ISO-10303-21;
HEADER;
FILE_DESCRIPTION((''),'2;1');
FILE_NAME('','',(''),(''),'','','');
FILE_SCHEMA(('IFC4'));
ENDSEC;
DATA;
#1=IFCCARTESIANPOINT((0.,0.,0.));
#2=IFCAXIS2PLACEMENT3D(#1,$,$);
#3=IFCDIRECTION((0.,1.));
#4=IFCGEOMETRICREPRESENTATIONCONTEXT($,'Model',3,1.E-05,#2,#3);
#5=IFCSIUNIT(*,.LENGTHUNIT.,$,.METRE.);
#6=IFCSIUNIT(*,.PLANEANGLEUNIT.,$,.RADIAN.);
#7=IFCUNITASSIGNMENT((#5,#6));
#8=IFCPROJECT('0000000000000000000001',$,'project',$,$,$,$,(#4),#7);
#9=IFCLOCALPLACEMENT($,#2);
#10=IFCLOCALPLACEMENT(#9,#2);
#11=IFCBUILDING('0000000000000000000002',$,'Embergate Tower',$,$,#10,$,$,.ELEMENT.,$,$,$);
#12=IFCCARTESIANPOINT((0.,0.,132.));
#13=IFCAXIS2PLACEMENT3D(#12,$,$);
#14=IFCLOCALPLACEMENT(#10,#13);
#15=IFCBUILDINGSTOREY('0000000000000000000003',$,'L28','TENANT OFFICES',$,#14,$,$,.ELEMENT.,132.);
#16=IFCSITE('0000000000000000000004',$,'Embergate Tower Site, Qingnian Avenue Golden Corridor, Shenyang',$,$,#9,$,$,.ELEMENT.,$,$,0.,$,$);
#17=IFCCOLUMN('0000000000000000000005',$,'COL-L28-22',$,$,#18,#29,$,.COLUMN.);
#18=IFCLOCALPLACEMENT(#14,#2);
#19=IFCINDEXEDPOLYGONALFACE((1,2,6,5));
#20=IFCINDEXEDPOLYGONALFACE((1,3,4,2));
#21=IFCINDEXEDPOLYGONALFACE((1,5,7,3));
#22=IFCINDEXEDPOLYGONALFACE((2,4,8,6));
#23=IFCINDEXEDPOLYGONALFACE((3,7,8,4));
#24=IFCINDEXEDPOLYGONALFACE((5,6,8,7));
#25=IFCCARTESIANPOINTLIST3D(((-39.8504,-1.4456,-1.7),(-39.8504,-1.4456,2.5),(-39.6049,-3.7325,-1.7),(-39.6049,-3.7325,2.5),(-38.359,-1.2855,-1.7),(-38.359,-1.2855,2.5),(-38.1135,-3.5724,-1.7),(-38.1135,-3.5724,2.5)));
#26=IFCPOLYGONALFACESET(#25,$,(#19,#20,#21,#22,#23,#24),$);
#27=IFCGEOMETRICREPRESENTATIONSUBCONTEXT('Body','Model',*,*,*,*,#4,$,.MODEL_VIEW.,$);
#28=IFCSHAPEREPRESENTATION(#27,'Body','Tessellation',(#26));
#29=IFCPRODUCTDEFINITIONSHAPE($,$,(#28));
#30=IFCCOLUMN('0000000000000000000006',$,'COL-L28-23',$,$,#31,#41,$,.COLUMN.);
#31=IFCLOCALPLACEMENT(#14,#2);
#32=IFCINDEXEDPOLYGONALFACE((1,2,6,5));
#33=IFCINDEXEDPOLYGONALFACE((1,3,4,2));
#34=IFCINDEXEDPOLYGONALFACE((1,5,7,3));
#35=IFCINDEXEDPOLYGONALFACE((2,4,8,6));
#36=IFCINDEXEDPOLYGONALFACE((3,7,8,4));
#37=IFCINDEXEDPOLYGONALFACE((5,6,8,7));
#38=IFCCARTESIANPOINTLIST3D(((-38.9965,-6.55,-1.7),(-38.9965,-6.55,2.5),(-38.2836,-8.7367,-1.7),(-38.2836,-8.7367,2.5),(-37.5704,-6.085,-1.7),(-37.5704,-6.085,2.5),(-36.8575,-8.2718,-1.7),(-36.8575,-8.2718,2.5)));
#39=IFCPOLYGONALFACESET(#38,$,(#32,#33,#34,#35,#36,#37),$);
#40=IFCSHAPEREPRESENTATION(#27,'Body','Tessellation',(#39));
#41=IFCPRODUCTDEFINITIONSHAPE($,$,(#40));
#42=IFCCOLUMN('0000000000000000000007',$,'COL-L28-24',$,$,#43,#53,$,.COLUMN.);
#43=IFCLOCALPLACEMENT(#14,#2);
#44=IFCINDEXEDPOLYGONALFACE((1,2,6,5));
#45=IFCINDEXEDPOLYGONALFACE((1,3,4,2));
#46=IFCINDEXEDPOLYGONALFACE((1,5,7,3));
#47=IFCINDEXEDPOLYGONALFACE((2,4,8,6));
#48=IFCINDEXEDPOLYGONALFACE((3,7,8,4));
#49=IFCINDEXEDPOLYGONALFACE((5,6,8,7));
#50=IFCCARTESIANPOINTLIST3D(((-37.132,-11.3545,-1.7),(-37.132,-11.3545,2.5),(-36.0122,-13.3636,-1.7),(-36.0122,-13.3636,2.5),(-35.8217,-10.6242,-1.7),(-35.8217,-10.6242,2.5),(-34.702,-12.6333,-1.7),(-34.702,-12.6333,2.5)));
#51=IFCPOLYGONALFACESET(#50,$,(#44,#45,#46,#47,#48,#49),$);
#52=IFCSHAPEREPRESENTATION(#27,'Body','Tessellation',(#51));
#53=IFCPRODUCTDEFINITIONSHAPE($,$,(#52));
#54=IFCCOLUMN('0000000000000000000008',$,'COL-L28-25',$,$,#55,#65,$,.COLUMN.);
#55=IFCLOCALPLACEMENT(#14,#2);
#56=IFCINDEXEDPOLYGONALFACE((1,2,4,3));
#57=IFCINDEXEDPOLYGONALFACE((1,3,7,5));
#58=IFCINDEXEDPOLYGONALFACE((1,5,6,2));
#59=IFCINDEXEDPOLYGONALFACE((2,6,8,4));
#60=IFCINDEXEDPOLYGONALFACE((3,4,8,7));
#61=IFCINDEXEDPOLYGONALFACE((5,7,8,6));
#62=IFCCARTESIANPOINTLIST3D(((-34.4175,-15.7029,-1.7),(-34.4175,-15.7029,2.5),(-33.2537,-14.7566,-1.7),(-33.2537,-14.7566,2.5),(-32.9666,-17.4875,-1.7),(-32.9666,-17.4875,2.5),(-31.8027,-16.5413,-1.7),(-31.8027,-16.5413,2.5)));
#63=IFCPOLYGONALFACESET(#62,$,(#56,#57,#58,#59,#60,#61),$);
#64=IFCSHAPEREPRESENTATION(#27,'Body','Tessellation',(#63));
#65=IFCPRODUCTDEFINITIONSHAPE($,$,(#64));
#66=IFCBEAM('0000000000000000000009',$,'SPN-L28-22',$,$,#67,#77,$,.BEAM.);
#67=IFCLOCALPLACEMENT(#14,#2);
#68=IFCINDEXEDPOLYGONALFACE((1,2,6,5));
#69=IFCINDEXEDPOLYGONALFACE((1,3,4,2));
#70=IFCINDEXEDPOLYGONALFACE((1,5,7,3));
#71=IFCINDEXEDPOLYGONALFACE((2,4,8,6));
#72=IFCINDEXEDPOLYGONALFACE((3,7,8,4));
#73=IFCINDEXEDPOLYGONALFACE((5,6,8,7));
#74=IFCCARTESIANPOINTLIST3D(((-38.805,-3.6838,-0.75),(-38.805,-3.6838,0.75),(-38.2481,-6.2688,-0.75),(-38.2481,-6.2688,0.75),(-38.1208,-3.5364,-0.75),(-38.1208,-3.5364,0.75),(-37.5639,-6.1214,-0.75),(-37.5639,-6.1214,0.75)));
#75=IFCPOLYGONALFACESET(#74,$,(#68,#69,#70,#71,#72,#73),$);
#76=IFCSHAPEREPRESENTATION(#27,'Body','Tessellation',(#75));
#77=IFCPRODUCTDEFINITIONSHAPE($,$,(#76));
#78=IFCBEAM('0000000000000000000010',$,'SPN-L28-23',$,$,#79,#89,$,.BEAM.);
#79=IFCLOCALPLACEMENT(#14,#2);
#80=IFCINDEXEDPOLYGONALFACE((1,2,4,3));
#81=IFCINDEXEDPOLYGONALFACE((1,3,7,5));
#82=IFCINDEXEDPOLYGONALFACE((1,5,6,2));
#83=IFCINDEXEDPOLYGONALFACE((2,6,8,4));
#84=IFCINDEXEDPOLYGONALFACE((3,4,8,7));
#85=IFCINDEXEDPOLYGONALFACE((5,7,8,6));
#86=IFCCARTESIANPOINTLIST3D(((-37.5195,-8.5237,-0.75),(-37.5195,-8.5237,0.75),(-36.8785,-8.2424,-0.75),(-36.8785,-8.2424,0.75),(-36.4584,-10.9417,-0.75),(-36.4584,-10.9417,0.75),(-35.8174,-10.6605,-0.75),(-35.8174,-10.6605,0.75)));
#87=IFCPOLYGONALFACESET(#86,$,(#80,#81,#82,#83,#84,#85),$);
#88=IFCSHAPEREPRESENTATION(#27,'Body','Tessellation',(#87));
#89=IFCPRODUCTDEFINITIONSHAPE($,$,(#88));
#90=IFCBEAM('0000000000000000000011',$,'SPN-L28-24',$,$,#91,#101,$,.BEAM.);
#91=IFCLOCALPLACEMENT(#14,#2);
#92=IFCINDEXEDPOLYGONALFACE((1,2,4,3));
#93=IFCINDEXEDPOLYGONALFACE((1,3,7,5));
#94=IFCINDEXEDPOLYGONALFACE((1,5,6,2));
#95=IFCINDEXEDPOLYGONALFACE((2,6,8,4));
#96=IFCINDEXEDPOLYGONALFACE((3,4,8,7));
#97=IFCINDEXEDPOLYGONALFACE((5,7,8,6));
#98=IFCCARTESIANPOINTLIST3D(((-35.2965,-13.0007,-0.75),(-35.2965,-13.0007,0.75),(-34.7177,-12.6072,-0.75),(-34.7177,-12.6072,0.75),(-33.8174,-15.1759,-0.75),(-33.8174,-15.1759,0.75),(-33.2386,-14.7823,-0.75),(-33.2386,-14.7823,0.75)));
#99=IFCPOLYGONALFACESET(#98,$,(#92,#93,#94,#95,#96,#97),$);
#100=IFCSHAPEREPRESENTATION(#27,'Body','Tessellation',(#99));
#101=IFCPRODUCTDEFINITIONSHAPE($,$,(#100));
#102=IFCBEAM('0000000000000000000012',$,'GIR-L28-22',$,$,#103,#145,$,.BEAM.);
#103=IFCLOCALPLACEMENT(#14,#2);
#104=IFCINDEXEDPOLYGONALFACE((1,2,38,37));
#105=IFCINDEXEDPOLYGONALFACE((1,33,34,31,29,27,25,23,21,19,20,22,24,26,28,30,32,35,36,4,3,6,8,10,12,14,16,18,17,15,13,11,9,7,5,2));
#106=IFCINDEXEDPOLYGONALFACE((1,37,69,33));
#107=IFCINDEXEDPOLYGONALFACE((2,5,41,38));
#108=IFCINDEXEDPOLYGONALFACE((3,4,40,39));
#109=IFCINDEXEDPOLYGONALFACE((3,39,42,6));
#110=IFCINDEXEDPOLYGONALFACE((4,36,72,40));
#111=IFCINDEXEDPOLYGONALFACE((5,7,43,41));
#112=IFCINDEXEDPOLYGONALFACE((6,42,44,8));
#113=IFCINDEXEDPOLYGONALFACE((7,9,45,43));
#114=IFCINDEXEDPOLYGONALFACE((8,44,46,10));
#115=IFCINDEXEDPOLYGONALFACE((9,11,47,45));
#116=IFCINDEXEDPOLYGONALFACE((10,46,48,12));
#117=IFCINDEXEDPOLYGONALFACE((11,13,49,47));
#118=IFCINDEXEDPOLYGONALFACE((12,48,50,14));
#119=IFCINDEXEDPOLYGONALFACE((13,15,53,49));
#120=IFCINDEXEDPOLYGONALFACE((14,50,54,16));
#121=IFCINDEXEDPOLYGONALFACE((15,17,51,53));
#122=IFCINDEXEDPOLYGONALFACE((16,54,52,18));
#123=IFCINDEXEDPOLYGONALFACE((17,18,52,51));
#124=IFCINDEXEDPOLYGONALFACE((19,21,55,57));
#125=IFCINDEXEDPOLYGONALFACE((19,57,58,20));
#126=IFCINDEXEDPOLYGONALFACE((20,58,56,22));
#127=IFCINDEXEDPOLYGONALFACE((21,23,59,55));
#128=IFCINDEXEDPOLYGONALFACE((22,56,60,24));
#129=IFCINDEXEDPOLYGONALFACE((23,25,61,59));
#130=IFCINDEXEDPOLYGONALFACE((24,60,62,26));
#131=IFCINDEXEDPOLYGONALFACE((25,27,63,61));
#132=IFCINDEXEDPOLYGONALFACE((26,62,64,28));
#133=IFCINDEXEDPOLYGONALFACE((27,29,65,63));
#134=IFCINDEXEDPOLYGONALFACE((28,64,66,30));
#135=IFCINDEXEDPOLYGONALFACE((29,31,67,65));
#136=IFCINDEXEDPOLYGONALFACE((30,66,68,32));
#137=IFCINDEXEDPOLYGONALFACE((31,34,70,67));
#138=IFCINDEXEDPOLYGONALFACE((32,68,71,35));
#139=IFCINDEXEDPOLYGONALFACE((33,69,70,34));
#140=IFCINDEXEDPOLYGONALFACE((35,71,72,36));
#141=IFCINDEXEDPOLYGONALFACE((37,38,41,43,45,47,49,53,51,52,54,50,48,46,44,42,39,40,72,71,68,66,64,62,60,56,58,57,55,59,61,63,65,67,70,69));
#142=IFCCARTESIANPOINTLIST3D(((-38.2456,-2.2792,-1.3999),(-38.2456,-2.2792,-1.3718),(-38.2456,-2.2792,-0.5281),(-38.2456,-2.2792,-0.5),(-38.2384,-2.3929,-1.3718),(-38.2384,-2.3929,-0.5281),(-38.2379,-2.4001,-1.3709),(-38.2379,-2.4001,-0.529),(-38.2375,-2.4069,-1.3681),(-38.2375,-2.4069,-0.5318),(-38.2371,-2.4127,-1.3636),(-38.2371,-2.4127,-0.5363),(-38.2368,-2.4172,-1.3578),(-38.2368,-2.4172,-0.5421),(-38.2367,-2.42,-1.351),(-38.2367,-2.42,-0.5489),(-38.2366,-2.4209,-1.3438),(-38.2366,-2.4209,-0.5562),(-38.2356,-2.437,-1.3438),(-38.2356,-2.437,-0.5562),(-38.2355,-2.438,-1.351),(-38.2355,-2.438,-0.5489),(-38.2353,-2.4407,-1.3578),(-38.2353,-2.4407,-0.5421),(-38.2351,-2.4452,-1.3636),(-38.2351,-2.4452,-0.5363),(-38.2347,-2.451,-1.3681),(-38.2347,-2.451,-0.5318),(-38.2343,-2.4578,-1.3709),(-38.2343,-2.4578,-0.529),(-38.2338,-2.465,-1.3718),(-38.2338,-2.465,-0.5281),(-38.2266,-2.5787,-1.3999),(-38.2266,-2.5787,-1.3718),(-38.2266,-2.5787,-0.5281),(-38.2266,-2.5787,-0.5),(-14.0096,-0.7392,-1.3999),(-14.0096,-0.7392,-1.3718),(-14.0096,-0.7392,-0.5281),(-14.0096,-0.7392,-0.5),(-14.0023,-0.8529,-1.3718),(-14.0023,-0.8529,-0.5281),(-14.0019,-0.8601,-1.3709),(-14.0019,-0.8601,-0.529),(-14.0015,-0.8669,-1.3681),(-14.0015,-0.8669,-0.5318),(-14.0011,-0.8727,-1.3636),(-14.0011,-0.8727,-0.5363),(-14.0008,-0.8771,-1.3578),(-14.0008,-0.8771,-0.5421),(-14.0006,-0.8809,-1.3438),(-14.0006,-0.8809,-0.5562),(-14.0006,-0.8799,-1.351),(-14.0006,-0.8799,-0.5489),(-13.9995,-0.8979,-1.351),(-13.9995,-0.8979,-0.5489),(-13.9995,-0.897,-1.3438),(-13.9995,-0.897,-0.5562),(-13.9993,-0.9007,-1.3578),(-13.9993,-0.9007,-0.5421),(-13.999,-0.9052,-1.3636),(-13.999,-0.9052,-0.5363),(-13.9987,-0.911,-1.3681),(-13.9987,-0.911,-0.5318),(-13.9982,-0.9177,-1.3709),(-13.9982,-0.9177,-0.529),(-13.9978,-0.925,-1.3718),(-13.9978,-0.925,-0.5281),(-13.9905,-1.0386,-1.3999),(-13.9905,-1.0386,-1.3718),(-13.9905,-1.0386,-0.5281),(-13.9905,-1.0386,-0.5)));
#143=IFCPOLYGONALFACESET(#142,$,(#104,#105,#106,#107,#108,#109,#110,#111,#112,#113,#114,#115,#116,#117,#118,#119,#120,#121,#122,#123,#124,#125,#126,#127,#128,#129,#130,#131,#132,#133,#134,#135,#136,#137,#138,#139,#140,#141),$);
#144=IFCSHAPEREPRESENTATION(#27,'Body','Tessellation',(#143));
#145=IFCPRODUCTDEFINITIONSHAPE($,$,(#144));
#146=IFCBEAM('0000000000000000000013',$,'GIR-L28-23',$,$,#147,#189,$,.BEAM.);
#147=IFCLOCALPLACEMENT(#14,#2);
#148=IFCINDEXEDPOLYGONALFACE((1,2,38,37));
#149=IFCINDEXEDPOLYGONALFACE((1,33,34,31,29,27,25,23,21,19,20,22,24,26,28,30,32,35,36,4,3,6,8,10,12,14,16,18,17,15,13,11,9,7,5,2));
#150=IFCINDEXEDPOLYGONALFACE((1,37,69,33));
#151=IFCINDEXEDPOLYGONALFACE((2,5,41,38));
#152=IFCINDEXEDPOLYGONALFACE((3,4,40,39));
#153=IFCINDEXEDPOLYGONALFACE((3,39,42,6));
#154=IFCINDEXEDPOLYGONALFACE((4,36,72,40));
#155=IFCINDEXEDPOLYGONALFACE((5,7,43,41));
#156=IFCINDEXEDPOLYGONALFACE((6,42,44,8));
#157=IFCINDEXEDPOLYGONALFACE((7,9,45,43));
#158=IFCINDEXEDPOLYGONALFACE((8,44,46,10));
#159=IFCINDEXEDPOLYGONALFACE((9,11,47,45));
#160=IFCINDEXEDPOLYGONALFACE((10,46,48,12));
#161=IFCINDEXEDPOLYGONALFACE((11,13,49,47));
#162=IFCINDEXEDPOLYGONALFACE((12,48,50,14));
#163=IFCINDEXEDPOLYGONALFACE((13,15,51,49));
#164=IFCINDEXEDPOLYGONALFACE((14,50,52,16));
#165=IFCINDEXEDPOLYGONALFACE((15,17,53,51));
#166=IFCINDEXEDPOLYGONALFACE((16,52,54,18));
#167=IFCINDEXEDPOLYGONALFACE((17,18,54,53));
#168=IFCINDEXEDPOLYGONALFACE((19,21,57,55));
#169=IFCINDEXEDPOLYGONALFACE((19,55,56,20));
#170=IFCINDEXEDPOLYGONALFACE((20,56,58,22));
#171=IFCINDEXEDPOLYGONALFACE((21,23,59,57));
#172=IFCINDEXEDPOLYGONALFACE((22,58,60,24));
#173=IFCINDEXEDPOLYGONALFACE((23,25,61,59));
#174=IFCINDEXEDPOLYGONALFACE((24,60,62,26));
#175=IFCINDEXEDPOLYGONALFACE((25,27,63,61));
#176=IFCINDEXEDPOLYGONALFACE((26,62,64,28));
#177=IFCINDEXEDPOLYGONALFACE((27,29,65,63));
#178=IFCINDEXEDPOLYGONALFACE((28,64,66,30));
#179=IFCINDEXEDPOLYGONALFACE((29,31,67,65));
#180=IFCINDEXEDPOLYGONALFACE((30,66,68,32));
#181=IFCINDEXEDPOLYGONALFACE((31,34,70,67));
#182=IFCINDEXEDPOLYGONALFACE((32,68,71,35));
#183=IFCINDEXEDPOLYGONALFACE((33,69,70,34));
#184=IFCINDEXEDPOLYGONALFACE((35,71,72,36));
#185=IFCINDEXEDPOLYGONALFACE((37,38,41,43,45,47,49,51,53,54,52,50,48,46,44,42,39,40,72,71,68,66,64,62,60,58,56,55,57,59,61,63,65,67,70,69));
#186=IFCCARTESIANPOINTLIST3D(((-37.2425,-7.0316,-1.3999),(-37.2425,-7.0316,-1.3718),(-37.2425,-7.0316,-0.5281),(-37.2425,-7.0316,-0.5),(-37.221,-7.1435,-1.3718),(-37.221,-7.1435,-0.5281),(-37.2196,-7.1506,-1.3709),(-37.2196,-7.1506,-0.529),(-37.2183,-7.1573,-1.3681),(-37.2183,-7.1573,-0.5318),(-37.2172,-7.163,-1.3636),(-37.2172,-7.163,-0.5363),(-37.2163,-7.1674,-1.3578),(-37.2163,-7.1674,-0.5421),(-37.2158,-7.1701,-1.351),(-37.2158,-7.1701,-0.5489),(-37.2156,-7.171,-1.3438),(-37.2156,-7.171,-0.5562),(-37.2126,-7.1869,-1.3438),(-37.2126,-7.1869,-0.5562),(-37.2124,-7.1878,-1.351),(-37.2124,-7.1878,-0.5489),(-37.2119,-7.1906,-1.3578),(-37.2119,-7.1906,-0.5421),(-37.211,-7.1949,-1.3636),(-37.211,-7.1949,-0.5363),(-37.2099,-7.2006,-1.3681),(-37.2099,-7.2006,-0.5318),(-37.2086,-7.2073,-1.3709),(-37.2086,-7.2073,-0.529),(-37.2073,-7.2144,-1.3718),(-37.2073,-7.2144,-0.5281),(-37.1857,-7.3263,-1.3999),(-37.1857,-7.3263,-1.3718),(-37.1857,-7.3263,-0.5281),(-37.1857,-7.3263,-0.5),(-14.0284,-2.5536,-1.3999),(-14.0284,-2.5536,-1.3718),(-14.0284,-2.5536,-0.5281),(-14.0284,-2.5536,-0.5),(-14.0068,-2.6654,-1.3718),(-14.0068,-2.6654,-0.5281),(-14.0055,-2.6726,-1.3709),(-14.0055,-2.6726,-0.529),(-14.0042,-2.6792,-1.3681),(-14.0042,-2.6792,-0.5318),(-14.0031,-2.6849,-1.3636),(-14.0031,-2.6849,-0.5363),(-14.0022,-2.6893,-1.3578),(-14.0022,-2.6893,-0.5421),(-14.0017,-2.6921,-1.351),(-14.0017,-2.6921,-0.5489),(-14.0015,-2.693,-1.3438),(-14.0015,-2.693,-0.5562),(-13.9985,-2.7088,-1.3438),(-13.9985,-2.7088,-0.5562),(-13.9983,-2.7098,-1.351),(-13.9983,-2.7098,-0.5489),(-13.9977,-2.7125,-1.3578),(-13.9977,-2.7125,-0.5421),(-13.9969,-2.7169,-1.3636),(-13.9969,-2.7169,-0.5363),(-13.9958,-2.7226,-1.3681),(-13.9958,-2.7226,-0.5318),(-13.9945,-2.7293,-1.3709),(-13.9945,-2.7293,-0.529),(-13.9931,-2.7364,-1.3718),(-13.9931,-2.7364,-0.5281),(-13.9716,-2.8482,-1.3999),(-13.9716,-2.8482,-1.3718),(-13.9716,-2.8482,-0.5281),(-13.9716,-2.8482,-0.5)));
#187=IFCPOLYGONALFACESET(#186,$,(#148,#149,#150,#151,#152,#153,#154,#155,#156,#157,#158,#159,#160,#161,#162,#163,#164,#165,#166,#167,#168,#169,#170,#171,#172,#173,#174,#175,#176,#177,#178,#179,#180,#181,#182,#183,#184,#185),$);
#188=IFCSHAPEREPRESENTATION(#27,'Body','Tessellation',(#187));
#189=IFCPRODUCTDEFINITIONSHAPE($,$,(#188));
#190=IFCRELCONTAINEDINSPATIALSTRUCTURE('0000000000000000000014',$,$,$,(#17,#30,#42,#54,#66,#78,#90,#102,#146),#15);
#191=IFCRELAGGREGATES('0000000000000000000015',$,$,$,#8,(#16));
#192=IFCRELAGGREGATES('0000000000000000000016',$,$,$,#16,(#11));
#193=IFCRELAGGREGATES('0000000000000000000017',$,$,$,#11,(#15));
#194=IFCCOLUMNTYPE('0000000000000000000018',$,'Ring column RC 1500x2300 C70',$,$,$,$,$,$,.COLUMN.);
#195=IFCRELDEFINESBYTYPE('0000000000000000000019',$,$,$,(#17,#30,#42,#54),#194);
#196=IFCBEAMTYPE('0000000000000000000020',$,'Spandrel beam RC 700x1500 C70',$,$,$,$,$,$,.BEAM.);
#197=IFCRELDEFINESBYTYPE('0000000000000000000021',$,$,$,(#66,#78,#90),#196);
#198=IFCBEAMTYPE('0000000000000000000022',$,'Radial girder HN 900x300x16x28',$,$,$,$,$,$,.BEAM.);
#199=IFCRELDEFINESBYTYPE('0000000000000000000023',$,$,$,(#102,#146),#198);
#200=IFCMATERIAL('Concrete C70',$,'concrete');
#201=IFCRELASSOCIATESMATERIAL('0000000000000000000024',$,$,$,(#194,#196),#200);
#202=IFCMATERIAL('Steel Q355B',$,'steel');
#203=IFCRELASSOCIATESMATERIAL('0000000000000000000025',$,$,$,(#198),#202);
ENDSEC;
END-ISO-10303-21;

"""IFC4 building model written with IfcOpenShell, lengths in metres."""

from ifc_helpers import new_model, si_unit, direction, frame, origin, origin_2d, place, context, subcontext, project, spatial, rectangle, i_section, extrude, source, transform, mapped, material, material_profile, profile_set, type_object, element, save


model = new_model("IFC4")

# Units and contexts
model_context = context("Model", 3, precision=1e-05, world=origin(), true_north=direction((0.0, 1.0)))
body_context = subcontext(model_context, "Body", "Model", "MODEL_VIEW")
ifc_project = project(units=[si_unit("LENGTHUNIT", "METRE"), si_unit("PLANEANGLEUNIT", "RADIAN")], contexts=[model_context])

# Site, building, storey
site_placement = place(None, origin())
site = spatial("IfcSite", under=ifc_project, at=site_placement, Name="Embergate Tower Site, Qingnian Avenue Golden Corridor, Shenyang", CompositionType="ELEMENT", RefElevation=0.0)
building_placement = place(site_placement, origin())
building = spatial("IfcBuilding", under=site, at=building_placement, Name="Embergate Tower", CompositionType="ELEMENT")
storey_placement = place(building_placement, frame((0.0, 0.0, 132.0)))
storey = spatial("IfcBuildingStorey", under=building, at=storey_placement, Name="L28", Description="TENANT OFFICES", CompositionType="ELEMENT", Elevation=132.0)

# Columns
ifc_material_1 = material(Name="Concrete C70", Category="concrete")
ifc_material_profile_1 = material_profile(ifc_material_1, rectangle(XDim=1.5, YDim=2.3, at=origin_2d()), Name="RC 1500x2300")
ifc_profile_set_1 = profile_set([ifc_material_profile_1], Name="Concrete C70")
column_type = type_object("IfcColumnType", Name="Ring column RC 1500x2300 C70", PredefinedType="COLUMN", material=ifc_profile_set_1)
shared_shape_1 = source(origin(), body_context, "Body", "SweptSolid", [
    extrude(rectangle(XDim=1.5, YDim=2.3, at=origin_2d()), origin(), (0.0, 0.0, 1.0), 4.2),
])
for number, where, z_axis, x_axis, name in (
    (1, (-38.9819, -2.509, -1.7), (0.0, 0.0, 1.0), (-0.994286, -0.10675, 0.0), "COL-L28-22"),
    (2, (-37.927, -7.4109, -1.7), (0.0, 0.0, 1.0), (-0.950754, -0.309946, 0.0), "COL-L28-23"),
    (3, (-35.917, -11.9939, -1.7), (0.0, 0.0, 1.0), (-0.873492, -0.486839, 0.0), "COL-L28-24"),
    (4, (-33.1101, -16.1221, -1.7), (0.0, 0.0, 1.0), (-0.775914, -0.630838, 0.0), "COL-L28-25"),
):
    element("IfcColumn", number, at=place(storey_placement, frame(where, z_axis=z_axis, x_axis=x_axis)), inside=storey, type_object=column_type, Name=name, PredefinedType="COLUMN", context=body_context, shape_type="MappedRepresentation", body=[
        mapped(shared_shape_1, transform((0.0, 0.0, 0.0))),
    ])

# Beams
ifc_material_profile_2 = material_profile(ifc_material_1, rectangle(XDim=0.7, YDim=1.5, at=origin_2d()), Name="RC 700x1500")
ifc_profile_set_2 = profile_set([ifc_material_profile_2], Name="Concrete C70")
beam_type_1 = type_object("IfcBeamType", Name="Spandrel beam RC 700x1500 C70", PredefinedType="BEAM", material=ifc_profile_set_2)
shared_shape_2 = source(origin(), body_context, "Body", "SweptSolid", [
    extrude(rectangle(XDim=0.7, YDim=1.5, at=origin_2d()), origin(), (0.0, 0.0, 1.0), 2.6443),
])
beam_1_placement = place(storey_placement, frame((-38.4629, -3.6101, 0.0), z_axis=(0.210601, -0.977572, 0.0), x_axis=(0.977572, 0.210601, 0.0)))
element("IfcBeam", 5, at=beam_1_placement, inside=storey, type_object=beam_type_1, Name="SPN-L28-22", PredefinedType="BEAM", context=body_context, shape_type="MappedRepresentation", body=[
    mapped(shared_shape_2, transform((0.0, 0.0, 0.0))),
])
shared_shape_3 = source(origin(), body_context, "Body", "SweptSolid", [
    extrude(rectangle(XDim=0.7, YDim=1.5, at=origin_2d()), origin(), (0.0, 0.0, 1.0), 2.6406),
])
beam_2_placement = place(storey_placement, frame((-37.199, -8.3831, 0.0), z_axis=(0.401827, -0.915715, 0.0), x_axis=(0.915715, 0.401827, 0.0)))
element("IfcBeam", 6, at=beam_2_placement, inside=storey, type_object=beam_type_1, Name="SPN-L28-23", PredefinedType="BEAM", context=body_context, shape_type="MappedRepresentation", body=[
    mapped(shared_shape_3, transform((0.0, 0.0, 0.0))),
])
shared_shape_4 = source(origin(), body_context, "Body", "SweptSolid", [
    extrude(rectangle(XDim=0.7, YDim=1.5, at=origin_2d()), origin(), (0.0, 0.0, 1.0), 2.6304),
])
beam_3_placement = place(storey_placement, frame((-35.0071, -12.804, 0.0), z_axis=(0.562302, -0.826932, 0.0), x_axis=(0.826932, 0.562302, 0.0)))
element("IfcBeam", 7, at=beam_3_placement, inside=storey, type_object=beam_type_1, Name="SPN-L28-24", PredefinedType="BEAM", context=body_context, shape_type="MappedRepresentation", body=[
    mapped(shared_shape_4, transform((0.0, 0.0, 0.0))),
])
ifc_material_2 = material(Name="Steel Q355B", Category="steel")
ifc_material_profile_3 = material_profile(ifc_material_2, i_section(OverallWidth=0.3, OverallDepth=0.8999, WebThickness=0.0161, FlangeThickness=0.0281, FilletRadius=0.0281, at=origin_2d()), Name="HN 900x300x16x28")
ifc_profile_set_3 = profile_set([ifc_material_profile_3], Name="Steel Q355 grade B")
beam_type_2 = type_object("IfcBeamType", Name="Radial girder HN 900x300x16x28", PredefinedType="BEAM", material=ifc_profile_set_3)
shared_shape_5 = source(origin(), body_context, "Body", "SweptSolid", [
    extrude(i_section(OverallWidth=0.3, OverallDepth=0.8999, WebThickness=0.0161, FlangeThickness=0.0281, FilletRadius=0.0281, at=origin_2d()), origin(), (0.0, 0.0, 1.0), 24.2849),
])
beam_4_placement = place(storey_placement, frame((-38.2361, -2.429, -0.95), z_axis=(0.997987, 0.063415, 0.0), x_axis=(-0.063415, 0.997987, 0.0)))
element("IfcBeam", 8, at=beam_4_placement, inside=storey, type_object=beam_type_2, Name="GIR-L28-22", PredefinedType="BEAM", context=body_context, shape_type="MappedRepresentation", body=[
    mapped(shared_shape_5, transform((0.0, 0.0, 0.0))),
])
shared_shape_6 = source(origin(), body_context, "Body", "SweptSolid", [
    extrude(i_section(OverallWidth=0.3, OverallDepth=0.8999, WebThickness=0.0161, FlangeThickness=0.0281, FilletRadius=0.0281, at=origin_2d()), origin(), (0.0, 0.0, 1.0), 23.6421),
])
beam_5_placement = place(storey_placement, frame((-37.2141, -7.179, -0.95), z_axis=(0.981898, 0.189409, 0.0), x_axis=(-0.189409, 0.981898, 0.0)))
element("IfcBeam", 9, at=beam_5_placement, inside=storey, type_object=beam_type_2, Name="GIR-L28-23", PredefinedType="BEAM", context=body_context, shape_type="MappedRepresentation", body=[
    mapped(shared_shape_6, transform((0.0, 0.0, 0.0))),
])

save(model, "model.ifc")
